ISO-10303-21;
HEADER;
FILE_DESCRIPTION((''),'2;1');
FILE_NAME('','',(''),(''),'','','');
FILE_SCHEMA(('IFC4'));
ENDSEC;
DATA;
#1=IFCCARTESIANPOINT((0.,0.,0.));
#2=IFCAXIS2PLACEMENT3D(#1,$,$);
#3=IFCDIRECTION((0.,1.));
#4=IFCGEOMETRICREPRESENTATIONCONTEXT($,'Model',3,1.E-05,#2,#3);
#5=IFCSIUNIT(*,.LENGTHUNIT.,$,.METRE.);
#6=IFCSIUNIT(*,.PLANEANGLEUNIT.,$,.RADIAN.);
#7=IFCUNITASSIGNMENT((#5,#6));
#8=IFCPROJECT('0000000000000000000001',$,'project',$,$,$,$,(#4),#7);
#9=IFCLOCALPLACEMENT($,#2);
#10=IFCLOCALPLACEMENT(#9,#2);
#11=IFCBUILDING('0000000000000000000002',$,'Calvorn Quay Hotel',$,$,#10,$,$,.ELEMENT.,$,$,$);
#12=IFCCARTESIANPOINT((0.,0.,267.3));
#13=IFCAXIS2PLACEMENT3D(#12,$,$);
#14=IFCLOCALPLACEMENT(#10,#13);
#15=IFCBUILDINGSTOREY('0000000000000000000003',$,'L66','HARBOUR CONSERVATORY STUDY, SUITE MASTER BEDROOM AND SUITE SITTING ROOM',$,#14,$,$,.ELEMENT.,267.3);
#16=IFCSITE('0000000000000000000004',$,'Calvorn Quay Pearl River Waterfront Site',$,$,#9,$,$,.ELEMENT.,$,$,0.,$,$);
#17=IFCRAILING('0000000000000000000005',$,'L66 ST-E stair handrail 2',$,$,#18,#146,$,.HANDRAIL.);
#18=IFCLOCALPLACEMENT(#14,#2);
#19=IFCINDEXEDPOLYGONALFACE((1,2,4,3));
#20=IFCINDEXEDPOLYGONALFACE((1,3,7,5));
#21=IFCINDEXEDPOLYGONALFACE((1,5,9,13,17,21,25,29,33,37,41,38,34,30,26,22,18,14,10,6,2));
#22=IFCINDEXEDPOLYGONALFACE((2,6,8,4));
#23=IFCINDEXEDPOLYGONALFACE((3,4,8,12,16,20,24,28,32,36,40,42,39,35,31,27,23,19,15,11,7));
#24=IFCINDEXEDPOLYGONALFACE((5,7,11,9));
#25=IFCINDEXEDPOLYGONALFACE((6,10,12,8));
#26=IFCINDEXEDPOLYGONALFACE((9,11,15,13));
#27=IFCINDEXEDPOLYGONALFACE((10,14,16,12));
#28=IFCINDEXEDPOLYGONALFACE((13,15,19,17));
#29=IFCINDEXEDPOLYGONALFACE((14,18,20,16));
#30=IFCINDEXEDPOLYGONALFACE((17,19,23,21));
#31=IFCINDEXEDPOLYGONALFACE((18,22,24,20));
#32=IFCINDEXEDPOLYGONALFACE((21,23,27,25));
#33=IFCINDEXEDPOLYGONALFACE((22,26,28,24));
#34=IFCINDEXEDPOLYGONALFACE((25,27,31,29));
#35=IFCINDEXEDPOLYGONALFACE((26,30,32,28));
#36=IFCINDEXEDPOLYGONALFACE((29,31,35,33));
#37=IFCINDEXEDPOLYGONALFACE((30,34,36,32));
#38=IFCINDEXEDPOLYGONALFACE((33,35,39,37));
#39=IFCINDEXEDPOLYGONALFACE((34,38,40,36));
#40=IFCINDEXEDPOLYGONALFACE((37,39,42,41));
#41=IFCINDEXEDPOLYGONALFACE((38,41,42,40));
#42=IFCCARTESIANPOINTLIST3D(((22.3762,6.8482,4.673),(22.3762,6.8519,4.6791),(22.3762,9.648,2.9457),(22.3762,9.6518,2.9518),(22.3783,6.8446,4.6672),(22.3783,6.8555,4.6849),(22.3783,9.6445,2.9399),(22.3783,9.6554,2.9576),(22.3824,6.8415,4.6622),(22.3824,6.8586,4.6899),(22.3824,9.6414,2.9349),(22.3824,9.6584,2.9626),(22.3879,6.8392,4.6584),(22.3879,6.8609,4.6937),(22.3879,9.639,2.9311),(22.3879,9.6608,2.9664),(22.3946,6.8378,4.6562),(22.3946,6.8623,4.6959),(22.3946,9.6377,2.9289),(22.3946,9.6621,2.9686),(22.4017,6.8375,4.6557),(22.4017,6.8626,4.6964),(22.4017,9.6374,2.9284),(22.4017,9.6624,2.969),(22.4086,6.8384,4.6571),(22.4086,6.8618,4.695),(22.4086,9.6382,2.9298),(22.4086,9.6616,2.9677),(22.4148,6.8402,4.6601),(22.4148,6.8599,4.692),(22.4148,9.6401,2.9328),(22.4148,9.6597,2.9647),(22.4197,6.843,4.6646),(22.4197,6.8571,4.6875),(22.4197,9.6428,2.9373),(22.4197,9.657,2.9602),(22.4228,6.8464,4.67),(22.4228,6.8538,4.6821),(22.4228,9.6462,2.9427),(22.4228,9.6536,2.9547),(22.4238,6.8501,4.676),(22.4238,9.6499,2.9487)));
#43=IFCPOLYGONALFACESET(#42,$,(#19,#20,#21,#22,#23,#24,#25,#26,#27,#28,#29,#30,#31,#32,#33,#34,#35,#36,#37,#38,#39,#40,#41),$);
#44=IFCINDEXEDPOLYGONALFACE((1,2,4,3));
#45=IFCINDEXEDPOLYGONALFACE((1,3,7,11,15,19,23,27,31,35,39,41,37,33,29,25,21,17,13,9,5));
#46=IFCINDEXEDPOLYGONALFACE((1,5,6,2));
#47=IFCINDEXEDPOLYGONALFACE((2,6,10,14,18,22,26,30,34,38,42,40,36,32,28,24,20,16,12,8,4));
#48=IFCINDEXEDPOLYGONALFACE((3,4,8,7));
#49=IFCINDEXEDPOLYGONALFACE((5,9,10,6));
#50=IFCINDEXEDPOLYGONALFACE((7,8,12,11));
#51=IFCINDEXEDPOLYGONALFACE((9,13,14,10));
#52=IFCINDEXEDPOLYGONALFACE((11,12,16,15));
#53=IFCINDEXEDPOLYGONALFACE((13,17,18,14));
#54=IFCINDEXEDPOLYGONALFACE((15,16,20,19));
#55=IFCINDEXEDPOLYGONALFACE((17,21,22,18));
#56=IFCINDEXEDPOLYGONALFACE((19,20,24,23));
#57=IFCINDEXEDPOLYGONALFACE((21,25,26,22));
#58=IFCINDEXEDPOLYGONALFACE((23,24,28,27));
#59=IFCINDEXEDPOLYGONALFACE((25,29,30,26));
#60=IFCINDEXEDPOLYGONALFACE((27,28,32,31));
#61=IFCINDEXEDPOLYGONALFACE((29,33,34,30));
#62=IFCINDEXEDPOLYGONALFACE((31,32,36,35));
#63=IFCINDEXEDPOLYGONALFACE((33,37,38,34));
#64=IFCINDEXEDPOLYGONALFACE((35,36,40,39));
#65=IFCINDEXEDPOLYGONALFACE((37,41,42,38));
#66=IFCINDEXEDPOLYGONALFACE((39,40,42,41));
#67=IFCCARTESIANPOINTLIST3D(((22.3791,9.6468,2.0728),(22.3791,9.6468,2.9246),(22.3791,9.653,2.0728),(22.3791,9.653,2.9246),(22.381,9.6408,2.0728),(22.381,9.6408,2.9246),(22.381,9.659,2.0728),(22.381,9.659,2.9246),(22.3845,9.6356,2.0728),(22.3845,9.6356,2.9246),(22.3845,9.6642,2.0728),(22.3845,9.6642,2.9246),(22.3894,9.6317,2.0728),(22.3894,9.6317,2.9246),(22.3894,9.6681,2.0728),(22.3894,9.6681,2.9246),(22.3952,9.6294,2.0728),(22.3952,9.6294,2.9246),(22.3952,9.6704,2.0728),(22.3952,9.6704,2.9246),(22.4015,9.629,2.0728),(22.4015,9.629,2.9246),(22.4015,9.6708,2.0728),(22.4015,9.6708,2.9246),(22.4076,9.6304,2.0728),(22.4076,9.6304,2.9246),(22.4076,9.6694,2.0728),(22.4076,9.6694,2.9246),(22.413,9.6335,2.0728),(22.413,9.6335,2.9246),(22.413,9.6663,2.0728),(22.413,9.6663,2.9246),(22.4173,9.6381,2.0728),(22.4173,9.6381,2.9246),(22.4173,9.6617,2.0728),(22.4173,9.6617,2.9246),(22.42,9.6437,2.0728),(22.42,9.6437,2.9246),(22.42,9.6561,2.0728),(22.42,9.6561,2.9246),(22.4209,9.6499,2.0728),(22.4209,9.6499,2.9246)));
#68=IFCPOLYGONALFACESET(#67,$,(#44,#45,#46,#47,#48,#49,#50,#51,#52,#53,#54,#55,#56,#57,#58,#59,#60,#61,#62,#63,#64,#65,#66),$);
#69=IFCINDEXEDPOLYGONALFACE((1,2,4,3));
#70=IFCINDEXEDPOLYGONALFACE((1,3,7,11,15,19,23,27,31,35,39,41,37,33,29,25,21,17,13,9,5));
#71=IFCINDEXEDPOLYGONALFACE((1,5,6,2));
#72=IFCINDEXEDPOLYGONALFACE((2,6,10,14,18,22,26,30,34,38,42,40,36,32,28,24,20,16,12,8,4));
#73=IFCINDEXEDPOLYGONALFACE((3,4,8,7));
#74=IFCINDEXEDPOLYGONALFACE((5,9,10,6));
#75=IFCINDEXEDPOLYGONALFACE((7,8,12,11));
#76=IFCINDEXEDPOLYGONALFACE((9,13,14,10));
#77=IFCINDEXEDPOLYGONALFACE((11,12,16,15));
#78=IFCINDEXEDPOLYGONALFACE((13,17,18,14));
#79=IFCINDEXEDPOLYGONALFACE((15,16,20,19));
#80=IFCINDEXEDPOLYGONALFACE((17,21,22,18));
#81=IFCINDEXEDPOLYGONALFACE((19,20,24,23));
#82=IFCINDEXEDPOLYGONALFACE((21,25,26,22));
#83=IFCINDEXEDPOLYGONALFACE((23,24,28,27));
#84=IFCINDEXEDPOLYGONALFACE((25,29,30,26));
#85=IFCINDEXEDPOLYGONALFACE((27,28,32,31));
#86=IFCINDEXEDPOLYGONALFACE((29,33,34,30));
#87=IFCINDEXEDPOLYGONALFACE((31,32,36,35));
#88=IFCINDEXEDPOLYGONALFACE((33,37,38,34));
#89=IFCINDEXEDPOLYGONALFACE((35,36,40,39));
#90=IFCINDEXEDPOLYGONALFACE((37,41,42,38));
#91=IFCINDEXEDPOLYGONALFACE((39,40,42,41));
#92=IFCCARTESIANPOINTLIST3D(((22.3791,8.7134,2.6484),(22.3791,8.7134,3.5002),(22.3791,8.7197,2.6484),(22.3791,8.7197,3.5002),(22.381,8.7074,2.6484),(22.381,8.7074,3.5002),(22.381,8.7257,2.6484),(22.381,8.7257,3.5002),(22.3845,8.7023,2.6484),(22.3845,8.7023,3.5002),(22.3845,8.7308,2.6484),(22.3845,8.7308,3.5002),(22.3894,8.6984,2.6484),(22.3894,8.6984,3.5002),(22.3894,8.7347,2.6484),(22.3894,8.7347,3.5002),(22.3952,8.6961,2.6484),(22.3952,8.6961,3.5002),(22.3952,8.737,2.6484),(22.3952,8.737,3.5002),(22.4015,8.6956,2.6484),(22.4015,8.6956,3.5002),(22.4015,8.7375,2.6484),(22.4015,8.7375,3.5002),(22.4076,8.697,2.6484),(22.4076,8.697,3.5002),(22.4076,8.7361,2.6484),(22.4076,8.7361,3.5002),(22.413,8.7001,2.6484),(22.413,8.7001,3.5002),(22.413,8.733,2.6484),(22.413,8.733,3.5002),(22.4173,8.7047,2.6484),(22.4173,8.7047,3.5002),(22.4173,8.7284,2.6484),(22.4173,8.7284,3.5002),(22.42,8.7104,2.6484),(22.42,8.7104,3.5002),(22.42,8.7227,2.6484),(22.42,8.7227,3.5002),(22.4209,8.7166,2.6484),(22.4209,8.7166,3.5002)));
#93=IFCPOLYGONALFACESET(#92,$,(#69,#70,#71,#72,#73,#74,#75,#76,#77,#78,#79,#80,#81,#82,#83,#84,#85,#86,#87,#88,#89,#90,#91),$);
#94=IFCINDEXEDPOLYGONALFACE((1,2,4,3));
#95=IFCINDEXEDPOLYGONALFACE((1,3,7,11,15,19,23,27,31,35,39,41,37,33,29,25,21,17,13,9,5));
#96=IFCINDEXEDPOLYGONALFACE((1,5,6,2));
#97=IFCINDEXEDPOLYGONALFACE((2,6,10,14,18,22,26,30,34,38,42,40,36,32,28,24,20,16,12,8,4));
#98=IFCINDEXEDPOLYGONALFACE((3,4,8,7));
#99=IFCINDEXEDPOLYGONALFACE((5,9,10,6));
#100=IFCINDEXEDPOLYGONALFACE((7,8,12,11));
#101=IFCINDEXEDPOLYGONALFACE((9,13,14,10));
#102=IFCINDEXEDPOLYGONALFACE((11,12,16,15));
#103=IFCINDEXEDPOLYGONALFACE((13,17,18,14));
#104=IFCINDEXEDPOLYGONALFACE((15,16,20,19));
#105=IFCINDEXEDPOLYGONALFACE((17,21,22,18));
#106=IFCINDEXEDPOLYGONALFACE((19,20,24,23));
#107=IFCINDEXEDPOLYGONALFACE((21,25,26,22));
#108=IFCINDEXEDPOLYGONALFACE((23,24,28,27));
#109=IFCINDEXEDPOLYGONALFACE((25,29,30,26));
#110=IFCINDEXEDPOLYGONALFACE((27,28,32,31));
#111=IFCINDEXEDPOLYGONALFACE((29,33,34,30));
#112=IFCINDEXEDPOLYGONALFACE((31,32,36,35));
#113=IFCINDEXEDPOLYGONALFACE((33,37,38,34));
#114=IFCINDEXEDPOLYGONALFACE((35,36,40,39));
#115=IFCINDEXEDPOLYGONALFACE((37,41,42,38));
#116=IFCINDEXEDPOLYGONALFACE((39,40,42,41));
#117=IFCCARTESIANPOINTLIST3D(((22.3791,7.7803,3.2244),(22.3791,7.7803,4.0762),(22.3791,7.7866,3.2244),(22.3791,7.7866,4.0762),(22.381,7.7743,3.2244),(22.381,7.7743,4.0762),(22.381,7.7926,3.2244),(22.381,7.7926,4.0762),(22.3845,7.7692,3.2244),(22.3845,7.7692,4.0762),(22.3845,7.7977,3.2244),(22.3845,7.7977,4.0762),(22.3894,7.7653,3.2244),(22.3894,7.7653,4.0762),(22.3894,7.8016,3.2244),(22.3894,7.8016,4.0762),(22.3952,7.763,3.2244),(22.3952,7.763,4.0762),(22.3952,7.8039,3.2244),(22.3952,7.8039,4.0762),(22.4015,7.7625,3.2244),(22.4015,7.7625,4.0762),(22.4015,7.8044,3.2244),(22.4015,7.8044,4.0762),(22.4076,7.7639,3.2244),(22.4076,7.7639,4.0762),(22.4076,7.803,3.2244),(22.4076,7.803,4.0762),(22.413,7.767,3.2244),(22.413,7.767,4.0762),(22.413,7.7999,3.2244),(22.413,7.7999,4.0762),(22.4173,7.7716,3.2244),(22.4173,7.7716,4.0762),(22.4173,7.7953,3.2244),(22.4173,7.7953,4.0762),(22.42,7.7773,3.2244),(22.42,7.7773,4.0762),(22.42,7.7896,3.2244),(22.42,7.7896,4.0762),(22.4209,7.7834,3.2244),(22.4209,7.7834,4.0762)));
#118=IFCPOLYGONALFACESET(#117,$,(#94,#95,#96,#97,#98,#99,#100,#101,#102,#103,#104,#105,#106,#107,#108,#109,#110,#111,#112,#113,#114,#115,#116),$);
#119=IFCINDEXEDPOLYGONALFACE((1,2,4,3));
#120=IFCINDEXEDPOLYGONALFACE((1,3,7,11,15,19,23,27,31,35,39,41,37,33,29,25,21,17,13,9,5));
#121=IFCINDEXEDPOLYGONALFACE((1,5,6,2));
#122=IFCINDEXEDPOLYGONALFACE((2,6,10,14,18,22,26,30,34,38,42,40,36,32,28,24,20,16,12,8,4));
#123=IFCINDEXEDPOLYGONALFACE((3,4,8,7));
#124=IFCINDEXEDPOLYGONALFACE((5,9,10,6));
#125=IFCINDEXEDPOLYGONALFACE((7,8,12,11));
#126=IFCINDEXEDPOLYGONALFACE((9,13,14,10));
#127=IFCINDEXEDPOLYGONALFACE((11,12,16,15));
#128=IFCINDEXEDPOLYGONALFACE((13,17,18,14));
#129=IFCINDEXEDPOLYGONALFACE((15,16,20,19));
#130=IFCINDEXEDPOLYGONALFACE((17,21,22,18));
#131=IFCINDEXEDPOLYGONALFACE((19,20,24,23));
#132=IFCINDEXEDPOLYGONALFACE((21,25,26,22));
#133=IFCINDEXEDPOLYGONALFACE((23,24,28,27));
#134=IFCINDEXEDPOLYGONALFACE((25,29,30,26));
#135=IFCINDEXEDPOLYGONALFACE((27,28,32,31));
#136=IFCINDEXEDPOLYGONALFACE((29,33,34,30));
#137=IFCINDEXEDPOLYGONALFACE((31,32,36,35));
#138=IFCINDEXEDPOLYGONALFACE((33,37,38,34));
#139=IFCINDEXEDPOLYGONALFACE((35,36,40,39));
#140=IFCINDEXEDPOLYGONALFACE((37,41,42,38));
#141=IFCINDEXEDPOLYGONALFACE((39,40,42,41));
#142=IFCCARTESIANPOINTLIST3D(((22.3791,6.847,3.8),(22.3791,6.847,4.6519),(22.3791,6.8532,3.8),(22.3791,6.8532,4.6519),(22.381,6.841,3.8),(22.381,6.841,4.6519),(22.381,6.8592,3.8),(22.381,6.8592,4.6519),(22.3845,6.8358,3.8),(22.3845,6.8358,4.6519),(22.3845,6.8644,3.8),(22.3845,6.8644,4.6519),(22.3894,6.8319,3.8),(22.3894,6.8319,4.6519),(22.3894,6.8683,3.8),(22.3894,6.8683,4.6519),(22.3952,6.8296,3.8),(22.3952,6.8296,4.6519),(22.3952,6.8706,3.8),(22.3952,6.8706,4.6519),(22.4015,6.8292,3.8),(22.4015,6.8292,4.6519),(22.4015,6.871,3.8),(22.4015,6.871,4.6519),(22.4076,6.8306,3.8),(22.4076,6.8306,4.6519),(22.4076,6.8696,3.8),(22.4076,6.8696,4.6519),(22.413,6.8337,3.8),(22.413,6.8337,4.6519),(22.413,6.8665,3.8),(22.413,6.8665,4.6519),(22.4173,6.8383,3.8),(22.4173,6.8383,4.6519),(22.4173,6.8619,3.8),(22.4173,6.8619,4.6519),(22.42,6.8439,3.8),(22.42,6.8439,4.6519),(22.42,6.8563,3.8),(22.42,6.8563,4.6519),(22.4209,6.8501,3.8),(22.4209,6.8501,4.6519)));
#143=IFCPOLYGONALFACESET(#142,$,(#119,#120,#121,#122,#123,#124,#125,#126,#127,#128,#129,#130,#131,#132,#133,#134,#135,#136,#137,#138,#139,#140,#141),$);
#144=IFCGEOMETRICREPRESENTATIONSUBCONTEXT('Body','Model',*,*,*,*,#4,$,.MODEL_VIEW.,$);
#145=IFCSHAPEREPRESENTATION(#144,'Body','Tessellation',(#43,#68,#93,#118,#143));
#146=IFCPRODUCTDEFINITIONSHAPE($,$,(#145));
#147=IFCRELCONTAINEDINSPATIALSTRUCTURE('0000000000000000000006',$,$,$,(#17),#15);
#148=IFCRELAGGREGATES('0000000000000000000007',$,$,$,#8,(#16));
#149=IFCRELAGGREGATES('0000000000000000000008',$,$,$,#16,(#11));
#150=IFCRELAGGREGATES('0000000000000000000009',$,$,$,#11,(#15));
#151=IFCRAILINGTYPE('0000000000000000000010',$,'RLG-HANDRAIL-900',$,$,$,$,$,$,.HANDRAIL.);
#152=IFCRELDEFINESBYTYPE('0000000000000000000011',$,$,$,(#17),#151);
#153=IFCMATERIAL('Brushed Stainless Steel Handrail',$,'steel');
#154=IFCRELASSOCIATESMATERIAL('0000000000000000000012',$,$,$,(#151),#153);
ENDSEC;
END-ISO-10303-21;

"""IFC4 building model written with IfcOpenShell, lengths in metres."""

from ifc_helpers import new_model, si_unit, direction, frame, origin, origin_2d, place, context, subcontext, project, spatial, circle, extrude, material, type_object, element, save


model = new_model("IFC4")

# Units and contexts
model_context = context("Model", 3, precision=1e-05, world=origin(), true_north=direction((0.0, 1.0)))
body_context = subcontext(model_context, "Body", "Model", "MODEL_VIEW")
ifc_project = project(units=[si_unit("LENGTHUNIT", "METRE"), si_unit("PLANEANGLEUNIT", "RADIAN")], contexts=[model_context])

# Site, building, storey
site_placement = place(None, origin())
site = spatial("IfcSite", under=ifc_project, at=site_placement, Name="Calvorn Quay Pearl River Waterfront Site", CompositionType="ELEMENT", RefElevation=0.0)
building_placement = place(site_placement, origin())
building = spatial("IfcBuilding", under=site, at=building_placement, Name="Calvorn Quay Hotel", CompositionType="ELEMENT")
storey_placement = place(building_placement, frame((0.0, 0.0, 267.3)))
storey = spatial("IfcBuildingStorey", under=building, at=storey_placement, Name="L66", Description="HARBOUR CONSERVATORY STUDY, SUITE MASTER BEDROOM AND SUITE SITTING ROOM", CompositionType="ELEMENT", Elevation=267.3)

# Railing
ifc_material_1 = material(Name="Brushed Stainless Steel Handrail", Category="steel")
railing_type_1 = type_object("IfcRailingType", Name="RLG-HANDRAIL-900", PredefinedType="HANDRAIL", material=ifc_material_1)
railing_1_placement = place(storey_placement, frame((22.3999, 9.6499, 2.0728)))
element("IfcRailing", 1, at=railing_1_placement, inside=storey, type_object=railing_type_1, Name="L66 ST-E stair handrail 2", PredefinedType="HANDRAIL", context=body_context, shape_type="SweptSolid", body=[
    extrude(circle(Radius=0.0239, at=origin_2d()), frame((0.0, 0.0, 0.876), z_axis=(0.0, -0.851069, 0.525054), x_axis=(1.0, 0.0, 0.0)), (0.0, 0.0, 1.0), 3.2898),
    extrude(circle(Radius=0.021, at=origin_2d()), origin(), (0.0, 0.0, 1.0), 0.8518),
    extrude(circle(Radius=0.021, at=origin_2d()), frame((0.0, -0.9333, 0.5757)), (0.0, 0.0, 1.0), 0.8518),
    extrude(circle(Radius=0.021, at=origin_2d()), frame((0.0, -1.8665, 1.1516)), (0.0, 0.0, 1.0), 0.8518),
    extrude(circle(Radius=0.021, at=origin_2d()), frame((0.0, -2.7998, 1.7273)), (0.0, 0.0, 1.0), 0.8518),
])

save(model, "model.ifc")
